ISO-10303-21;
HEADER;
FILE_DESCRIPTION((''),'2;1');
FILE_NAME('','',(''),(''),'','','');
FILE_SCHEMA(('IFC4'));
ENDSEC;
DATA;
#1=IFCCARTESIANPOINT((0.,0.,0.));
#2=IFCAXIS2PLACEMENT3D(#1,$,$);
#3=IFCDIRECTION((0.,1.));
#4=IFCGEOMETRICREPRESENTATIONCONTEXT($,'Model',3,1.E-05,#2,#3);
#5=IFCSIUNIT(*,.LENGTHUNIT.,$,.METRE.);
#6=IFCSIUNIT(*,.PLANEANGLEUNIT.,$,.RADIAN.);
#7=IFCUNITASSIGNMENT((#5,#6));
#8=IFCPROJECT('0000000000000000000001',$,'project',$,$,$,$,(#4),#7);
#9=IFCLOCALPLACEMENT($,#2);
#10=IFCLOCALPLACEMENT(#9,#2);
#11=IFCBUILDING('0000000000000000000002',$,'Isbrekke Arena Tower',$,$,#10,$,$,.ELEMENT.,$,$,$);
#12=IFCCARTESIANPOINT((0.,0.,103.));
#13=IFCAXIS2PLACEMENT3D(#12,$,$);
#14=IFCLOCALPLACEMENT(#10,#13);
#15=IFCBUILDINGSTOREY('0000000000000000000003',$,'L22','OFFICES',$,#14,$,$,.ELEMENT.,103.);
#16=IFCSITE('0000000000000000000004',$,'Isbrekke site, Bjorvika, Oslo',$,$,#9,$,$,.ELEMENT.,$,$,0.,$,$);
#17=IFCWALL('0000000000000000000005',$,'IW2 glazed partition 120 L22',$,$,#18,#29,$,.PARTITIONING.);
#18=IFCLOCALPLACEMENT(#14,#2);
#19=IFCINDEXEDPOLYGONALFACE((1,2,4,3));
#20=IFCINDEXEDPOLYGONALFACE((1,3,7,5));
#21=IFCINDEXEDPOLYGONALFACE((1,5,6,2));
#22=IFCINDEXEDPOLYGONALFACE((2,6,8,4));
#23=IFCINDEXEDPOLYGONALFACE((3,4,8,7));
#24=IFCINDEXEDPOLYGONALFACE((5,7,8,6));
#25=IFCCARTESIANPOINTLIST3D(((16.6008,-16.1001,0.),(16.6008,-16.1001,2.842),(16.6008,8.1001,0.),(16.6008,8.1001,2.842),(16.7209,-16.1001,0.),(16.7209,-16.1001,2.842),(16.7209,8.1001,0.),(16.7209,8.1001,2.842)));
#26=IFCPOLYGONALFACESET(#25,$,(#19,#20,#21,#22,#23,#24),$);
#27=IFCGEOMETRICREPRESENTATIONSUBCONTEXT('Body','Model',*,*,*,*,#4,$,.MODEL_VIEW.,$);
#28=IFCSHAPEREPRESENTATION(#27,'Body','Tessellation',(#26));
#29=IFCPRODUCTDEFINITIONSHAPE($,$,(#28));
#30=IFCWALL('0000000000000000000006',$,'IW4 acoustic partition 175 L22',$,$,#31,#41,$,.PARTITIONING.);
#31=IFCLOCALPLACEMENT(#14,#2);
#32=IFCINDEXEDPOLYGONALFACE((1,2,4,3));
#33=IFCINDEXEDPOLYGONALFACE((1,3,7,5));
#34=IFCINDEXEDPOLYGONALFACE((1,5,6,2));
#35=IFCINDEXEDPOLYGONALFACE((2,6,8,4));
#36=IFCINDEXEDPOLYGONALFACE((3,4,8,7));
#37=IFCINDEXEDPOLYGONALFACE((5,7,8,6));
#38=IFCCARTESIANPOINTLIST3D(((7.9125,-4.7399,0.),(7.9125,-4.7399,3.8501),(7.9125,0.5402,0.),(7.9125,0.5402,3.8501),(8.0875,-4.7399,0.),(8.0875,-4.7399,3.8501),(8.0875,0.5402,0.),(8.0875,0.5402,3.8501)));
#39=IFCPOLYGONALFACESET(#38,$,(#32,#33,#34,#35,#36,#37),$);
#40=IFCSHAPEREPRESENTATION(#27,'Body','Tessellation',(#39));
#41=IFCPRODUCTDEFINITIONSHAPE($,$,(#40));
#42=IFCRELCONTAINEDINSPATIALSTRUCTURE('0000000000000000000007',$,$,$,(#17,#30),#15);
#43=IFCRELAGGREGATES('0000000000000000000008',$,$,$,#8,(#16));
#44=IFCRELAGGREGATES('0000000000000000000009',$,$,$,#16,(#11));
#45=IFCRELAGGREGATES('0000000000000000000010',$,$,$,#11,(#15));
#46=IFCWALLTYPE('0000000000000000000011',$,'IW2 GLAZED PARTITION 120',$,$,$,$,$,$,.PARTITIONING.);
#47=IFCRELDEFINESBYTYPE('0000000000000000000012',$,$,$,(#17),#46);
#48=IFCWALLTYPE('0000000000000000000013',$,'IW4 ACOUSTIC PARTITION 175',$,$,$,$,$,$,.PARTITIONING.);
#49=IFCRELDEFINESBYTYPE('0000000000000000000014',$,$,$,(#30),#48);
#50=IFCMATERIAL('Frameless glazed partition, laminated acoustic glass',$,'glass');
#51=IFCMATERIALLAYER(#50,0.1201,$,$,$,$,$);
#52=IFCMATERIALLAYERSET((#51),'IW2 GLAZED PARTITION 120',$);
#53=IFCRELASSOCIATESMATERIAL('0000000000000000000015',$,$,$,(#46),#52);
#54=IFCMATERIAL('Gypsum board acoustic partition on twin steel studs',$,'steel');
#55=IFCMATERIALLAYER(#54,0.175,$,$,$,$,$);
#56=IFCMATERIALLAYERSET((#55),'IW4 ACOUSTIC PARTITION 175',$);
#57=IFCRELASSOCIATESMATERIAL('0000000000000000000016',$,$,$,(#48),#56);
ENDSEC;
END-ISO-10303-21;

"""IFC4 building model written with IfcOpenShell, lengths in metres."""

from ifc_helpers import new_model, si_unit, direction, frame, frame_2d, origin, place, context, subcontext, project, spatial, rectangle, extrude, material, layer, layer_set, type_object, element, save


model = new_model("IFC4")

# Units and contexts
model_context = context("Model", 3, precision=1e-05, world=origin(), true_north=direction((0.0, 1.0)))
body_context = subcontext(model_context, "Body", "Model", "MODEL_VIEW")
ifc_project = project(units=[si_unit("LENGTHUNIT", "METRE"), si_unit("PLANEANGLEUNIT", "RADIAN")], contexts=[model_context])

# Site, building, storey
site_placement = place(None, origin())
site = spatial("IfcSite", under=ifc_project, at=site_placement, Name="Isbrekke site, Bjorvika, Oslo", CompositionType="ELEMENT", RefElevation=0.0)
building_placement = place(site_placement, origin())
building = spatial("IfcBuilding", under=site, at=building_placement, Name="Isbrekke Arena Tower", CompositionType="ELEMENT")
storey_placement = place(building_placement, frame((0.0, 0.0, 103.0)))
storey = spatial("IfcBuildingStorey", under=building, at=storey_placement, Name="L22", Description="OFFICES", CompositionType="ELEMENT", Elevation=103.0)

# Walls
ifc_material_1 = material(Name="Frameless glazed partition, laminated acoustic glass", Category="glass")
ifc_layer_1 = layer(ifc_material_1, 0.1201)
ifc_layer_set_1 = layer_set([ifc_layer_1], Name="IW2 GLAZED PARTITION 120")
wall_type_1 = type_object("IfcWallType", Name="IW2 GLAZED PARTITION 120", PredefinedType="PARTITIONING", material=ifc_layer_set_1)
wall_1_placement = place(storey_placement, frame((16.6609, -16.1001, 0.0), z_axis=(0.0, 0.0, 1.0), x_axis=(0.0, 1.0, 0.0)))
element("IfcWall", 1, at=wall_1_placement, inside=storey, type_object=wall_type_1, Name="IW2 glazed partition 120 L22", PredefinedType="PARTITIONING", context=body_context, shape_type="SweptSolid", body=[
    extrude(rectangle(XDim=24.2002, YDim=0.1201, at=frame_2d((12.1001, 0.0))), origin(), (0.0, 0.0, 1.0), 2.842),
])
ifc_material_2 = material(Name="Gypsum board acoustic partition on twin steel studs", Category="steel")
ifc_layer_2 = layer(ifc_material_2, 0.175)
ifc_layer_set_2 = layer_set([ifc_layer_2], Name="IW4 ACOUSTIC PARTITION 175")
wall_type_2 = type_object("IfcWallType", Name="IW4 ACOUSTIC PARTITION 175", PredefinedType="PARTITIONING", material=ifc_layer_set_2)
wall_2_placement = place(storey_placement, frame((8.0, -4.74, 0.0), z_axis=(0.0, 0.0, 1.0), x_axis=(0.0, 1.0, 0.0)))
element("IfcWall", 2, at=wall_2_placement, inside=storey, type_object=wall_type_2, Name="IW4 acoustic partition 175 L22", PredefinedType="PARTITIONING", context=body_context, shape_type="SweptSolid", body=[
    extrude(rectangle(XDim=5.28, YDim=0.175, at=frame_2d((2.6401, 0.0))), origin(), (0.0, 0.0, 1.0), 3.8501),
])

save(model, "model.ifc")
